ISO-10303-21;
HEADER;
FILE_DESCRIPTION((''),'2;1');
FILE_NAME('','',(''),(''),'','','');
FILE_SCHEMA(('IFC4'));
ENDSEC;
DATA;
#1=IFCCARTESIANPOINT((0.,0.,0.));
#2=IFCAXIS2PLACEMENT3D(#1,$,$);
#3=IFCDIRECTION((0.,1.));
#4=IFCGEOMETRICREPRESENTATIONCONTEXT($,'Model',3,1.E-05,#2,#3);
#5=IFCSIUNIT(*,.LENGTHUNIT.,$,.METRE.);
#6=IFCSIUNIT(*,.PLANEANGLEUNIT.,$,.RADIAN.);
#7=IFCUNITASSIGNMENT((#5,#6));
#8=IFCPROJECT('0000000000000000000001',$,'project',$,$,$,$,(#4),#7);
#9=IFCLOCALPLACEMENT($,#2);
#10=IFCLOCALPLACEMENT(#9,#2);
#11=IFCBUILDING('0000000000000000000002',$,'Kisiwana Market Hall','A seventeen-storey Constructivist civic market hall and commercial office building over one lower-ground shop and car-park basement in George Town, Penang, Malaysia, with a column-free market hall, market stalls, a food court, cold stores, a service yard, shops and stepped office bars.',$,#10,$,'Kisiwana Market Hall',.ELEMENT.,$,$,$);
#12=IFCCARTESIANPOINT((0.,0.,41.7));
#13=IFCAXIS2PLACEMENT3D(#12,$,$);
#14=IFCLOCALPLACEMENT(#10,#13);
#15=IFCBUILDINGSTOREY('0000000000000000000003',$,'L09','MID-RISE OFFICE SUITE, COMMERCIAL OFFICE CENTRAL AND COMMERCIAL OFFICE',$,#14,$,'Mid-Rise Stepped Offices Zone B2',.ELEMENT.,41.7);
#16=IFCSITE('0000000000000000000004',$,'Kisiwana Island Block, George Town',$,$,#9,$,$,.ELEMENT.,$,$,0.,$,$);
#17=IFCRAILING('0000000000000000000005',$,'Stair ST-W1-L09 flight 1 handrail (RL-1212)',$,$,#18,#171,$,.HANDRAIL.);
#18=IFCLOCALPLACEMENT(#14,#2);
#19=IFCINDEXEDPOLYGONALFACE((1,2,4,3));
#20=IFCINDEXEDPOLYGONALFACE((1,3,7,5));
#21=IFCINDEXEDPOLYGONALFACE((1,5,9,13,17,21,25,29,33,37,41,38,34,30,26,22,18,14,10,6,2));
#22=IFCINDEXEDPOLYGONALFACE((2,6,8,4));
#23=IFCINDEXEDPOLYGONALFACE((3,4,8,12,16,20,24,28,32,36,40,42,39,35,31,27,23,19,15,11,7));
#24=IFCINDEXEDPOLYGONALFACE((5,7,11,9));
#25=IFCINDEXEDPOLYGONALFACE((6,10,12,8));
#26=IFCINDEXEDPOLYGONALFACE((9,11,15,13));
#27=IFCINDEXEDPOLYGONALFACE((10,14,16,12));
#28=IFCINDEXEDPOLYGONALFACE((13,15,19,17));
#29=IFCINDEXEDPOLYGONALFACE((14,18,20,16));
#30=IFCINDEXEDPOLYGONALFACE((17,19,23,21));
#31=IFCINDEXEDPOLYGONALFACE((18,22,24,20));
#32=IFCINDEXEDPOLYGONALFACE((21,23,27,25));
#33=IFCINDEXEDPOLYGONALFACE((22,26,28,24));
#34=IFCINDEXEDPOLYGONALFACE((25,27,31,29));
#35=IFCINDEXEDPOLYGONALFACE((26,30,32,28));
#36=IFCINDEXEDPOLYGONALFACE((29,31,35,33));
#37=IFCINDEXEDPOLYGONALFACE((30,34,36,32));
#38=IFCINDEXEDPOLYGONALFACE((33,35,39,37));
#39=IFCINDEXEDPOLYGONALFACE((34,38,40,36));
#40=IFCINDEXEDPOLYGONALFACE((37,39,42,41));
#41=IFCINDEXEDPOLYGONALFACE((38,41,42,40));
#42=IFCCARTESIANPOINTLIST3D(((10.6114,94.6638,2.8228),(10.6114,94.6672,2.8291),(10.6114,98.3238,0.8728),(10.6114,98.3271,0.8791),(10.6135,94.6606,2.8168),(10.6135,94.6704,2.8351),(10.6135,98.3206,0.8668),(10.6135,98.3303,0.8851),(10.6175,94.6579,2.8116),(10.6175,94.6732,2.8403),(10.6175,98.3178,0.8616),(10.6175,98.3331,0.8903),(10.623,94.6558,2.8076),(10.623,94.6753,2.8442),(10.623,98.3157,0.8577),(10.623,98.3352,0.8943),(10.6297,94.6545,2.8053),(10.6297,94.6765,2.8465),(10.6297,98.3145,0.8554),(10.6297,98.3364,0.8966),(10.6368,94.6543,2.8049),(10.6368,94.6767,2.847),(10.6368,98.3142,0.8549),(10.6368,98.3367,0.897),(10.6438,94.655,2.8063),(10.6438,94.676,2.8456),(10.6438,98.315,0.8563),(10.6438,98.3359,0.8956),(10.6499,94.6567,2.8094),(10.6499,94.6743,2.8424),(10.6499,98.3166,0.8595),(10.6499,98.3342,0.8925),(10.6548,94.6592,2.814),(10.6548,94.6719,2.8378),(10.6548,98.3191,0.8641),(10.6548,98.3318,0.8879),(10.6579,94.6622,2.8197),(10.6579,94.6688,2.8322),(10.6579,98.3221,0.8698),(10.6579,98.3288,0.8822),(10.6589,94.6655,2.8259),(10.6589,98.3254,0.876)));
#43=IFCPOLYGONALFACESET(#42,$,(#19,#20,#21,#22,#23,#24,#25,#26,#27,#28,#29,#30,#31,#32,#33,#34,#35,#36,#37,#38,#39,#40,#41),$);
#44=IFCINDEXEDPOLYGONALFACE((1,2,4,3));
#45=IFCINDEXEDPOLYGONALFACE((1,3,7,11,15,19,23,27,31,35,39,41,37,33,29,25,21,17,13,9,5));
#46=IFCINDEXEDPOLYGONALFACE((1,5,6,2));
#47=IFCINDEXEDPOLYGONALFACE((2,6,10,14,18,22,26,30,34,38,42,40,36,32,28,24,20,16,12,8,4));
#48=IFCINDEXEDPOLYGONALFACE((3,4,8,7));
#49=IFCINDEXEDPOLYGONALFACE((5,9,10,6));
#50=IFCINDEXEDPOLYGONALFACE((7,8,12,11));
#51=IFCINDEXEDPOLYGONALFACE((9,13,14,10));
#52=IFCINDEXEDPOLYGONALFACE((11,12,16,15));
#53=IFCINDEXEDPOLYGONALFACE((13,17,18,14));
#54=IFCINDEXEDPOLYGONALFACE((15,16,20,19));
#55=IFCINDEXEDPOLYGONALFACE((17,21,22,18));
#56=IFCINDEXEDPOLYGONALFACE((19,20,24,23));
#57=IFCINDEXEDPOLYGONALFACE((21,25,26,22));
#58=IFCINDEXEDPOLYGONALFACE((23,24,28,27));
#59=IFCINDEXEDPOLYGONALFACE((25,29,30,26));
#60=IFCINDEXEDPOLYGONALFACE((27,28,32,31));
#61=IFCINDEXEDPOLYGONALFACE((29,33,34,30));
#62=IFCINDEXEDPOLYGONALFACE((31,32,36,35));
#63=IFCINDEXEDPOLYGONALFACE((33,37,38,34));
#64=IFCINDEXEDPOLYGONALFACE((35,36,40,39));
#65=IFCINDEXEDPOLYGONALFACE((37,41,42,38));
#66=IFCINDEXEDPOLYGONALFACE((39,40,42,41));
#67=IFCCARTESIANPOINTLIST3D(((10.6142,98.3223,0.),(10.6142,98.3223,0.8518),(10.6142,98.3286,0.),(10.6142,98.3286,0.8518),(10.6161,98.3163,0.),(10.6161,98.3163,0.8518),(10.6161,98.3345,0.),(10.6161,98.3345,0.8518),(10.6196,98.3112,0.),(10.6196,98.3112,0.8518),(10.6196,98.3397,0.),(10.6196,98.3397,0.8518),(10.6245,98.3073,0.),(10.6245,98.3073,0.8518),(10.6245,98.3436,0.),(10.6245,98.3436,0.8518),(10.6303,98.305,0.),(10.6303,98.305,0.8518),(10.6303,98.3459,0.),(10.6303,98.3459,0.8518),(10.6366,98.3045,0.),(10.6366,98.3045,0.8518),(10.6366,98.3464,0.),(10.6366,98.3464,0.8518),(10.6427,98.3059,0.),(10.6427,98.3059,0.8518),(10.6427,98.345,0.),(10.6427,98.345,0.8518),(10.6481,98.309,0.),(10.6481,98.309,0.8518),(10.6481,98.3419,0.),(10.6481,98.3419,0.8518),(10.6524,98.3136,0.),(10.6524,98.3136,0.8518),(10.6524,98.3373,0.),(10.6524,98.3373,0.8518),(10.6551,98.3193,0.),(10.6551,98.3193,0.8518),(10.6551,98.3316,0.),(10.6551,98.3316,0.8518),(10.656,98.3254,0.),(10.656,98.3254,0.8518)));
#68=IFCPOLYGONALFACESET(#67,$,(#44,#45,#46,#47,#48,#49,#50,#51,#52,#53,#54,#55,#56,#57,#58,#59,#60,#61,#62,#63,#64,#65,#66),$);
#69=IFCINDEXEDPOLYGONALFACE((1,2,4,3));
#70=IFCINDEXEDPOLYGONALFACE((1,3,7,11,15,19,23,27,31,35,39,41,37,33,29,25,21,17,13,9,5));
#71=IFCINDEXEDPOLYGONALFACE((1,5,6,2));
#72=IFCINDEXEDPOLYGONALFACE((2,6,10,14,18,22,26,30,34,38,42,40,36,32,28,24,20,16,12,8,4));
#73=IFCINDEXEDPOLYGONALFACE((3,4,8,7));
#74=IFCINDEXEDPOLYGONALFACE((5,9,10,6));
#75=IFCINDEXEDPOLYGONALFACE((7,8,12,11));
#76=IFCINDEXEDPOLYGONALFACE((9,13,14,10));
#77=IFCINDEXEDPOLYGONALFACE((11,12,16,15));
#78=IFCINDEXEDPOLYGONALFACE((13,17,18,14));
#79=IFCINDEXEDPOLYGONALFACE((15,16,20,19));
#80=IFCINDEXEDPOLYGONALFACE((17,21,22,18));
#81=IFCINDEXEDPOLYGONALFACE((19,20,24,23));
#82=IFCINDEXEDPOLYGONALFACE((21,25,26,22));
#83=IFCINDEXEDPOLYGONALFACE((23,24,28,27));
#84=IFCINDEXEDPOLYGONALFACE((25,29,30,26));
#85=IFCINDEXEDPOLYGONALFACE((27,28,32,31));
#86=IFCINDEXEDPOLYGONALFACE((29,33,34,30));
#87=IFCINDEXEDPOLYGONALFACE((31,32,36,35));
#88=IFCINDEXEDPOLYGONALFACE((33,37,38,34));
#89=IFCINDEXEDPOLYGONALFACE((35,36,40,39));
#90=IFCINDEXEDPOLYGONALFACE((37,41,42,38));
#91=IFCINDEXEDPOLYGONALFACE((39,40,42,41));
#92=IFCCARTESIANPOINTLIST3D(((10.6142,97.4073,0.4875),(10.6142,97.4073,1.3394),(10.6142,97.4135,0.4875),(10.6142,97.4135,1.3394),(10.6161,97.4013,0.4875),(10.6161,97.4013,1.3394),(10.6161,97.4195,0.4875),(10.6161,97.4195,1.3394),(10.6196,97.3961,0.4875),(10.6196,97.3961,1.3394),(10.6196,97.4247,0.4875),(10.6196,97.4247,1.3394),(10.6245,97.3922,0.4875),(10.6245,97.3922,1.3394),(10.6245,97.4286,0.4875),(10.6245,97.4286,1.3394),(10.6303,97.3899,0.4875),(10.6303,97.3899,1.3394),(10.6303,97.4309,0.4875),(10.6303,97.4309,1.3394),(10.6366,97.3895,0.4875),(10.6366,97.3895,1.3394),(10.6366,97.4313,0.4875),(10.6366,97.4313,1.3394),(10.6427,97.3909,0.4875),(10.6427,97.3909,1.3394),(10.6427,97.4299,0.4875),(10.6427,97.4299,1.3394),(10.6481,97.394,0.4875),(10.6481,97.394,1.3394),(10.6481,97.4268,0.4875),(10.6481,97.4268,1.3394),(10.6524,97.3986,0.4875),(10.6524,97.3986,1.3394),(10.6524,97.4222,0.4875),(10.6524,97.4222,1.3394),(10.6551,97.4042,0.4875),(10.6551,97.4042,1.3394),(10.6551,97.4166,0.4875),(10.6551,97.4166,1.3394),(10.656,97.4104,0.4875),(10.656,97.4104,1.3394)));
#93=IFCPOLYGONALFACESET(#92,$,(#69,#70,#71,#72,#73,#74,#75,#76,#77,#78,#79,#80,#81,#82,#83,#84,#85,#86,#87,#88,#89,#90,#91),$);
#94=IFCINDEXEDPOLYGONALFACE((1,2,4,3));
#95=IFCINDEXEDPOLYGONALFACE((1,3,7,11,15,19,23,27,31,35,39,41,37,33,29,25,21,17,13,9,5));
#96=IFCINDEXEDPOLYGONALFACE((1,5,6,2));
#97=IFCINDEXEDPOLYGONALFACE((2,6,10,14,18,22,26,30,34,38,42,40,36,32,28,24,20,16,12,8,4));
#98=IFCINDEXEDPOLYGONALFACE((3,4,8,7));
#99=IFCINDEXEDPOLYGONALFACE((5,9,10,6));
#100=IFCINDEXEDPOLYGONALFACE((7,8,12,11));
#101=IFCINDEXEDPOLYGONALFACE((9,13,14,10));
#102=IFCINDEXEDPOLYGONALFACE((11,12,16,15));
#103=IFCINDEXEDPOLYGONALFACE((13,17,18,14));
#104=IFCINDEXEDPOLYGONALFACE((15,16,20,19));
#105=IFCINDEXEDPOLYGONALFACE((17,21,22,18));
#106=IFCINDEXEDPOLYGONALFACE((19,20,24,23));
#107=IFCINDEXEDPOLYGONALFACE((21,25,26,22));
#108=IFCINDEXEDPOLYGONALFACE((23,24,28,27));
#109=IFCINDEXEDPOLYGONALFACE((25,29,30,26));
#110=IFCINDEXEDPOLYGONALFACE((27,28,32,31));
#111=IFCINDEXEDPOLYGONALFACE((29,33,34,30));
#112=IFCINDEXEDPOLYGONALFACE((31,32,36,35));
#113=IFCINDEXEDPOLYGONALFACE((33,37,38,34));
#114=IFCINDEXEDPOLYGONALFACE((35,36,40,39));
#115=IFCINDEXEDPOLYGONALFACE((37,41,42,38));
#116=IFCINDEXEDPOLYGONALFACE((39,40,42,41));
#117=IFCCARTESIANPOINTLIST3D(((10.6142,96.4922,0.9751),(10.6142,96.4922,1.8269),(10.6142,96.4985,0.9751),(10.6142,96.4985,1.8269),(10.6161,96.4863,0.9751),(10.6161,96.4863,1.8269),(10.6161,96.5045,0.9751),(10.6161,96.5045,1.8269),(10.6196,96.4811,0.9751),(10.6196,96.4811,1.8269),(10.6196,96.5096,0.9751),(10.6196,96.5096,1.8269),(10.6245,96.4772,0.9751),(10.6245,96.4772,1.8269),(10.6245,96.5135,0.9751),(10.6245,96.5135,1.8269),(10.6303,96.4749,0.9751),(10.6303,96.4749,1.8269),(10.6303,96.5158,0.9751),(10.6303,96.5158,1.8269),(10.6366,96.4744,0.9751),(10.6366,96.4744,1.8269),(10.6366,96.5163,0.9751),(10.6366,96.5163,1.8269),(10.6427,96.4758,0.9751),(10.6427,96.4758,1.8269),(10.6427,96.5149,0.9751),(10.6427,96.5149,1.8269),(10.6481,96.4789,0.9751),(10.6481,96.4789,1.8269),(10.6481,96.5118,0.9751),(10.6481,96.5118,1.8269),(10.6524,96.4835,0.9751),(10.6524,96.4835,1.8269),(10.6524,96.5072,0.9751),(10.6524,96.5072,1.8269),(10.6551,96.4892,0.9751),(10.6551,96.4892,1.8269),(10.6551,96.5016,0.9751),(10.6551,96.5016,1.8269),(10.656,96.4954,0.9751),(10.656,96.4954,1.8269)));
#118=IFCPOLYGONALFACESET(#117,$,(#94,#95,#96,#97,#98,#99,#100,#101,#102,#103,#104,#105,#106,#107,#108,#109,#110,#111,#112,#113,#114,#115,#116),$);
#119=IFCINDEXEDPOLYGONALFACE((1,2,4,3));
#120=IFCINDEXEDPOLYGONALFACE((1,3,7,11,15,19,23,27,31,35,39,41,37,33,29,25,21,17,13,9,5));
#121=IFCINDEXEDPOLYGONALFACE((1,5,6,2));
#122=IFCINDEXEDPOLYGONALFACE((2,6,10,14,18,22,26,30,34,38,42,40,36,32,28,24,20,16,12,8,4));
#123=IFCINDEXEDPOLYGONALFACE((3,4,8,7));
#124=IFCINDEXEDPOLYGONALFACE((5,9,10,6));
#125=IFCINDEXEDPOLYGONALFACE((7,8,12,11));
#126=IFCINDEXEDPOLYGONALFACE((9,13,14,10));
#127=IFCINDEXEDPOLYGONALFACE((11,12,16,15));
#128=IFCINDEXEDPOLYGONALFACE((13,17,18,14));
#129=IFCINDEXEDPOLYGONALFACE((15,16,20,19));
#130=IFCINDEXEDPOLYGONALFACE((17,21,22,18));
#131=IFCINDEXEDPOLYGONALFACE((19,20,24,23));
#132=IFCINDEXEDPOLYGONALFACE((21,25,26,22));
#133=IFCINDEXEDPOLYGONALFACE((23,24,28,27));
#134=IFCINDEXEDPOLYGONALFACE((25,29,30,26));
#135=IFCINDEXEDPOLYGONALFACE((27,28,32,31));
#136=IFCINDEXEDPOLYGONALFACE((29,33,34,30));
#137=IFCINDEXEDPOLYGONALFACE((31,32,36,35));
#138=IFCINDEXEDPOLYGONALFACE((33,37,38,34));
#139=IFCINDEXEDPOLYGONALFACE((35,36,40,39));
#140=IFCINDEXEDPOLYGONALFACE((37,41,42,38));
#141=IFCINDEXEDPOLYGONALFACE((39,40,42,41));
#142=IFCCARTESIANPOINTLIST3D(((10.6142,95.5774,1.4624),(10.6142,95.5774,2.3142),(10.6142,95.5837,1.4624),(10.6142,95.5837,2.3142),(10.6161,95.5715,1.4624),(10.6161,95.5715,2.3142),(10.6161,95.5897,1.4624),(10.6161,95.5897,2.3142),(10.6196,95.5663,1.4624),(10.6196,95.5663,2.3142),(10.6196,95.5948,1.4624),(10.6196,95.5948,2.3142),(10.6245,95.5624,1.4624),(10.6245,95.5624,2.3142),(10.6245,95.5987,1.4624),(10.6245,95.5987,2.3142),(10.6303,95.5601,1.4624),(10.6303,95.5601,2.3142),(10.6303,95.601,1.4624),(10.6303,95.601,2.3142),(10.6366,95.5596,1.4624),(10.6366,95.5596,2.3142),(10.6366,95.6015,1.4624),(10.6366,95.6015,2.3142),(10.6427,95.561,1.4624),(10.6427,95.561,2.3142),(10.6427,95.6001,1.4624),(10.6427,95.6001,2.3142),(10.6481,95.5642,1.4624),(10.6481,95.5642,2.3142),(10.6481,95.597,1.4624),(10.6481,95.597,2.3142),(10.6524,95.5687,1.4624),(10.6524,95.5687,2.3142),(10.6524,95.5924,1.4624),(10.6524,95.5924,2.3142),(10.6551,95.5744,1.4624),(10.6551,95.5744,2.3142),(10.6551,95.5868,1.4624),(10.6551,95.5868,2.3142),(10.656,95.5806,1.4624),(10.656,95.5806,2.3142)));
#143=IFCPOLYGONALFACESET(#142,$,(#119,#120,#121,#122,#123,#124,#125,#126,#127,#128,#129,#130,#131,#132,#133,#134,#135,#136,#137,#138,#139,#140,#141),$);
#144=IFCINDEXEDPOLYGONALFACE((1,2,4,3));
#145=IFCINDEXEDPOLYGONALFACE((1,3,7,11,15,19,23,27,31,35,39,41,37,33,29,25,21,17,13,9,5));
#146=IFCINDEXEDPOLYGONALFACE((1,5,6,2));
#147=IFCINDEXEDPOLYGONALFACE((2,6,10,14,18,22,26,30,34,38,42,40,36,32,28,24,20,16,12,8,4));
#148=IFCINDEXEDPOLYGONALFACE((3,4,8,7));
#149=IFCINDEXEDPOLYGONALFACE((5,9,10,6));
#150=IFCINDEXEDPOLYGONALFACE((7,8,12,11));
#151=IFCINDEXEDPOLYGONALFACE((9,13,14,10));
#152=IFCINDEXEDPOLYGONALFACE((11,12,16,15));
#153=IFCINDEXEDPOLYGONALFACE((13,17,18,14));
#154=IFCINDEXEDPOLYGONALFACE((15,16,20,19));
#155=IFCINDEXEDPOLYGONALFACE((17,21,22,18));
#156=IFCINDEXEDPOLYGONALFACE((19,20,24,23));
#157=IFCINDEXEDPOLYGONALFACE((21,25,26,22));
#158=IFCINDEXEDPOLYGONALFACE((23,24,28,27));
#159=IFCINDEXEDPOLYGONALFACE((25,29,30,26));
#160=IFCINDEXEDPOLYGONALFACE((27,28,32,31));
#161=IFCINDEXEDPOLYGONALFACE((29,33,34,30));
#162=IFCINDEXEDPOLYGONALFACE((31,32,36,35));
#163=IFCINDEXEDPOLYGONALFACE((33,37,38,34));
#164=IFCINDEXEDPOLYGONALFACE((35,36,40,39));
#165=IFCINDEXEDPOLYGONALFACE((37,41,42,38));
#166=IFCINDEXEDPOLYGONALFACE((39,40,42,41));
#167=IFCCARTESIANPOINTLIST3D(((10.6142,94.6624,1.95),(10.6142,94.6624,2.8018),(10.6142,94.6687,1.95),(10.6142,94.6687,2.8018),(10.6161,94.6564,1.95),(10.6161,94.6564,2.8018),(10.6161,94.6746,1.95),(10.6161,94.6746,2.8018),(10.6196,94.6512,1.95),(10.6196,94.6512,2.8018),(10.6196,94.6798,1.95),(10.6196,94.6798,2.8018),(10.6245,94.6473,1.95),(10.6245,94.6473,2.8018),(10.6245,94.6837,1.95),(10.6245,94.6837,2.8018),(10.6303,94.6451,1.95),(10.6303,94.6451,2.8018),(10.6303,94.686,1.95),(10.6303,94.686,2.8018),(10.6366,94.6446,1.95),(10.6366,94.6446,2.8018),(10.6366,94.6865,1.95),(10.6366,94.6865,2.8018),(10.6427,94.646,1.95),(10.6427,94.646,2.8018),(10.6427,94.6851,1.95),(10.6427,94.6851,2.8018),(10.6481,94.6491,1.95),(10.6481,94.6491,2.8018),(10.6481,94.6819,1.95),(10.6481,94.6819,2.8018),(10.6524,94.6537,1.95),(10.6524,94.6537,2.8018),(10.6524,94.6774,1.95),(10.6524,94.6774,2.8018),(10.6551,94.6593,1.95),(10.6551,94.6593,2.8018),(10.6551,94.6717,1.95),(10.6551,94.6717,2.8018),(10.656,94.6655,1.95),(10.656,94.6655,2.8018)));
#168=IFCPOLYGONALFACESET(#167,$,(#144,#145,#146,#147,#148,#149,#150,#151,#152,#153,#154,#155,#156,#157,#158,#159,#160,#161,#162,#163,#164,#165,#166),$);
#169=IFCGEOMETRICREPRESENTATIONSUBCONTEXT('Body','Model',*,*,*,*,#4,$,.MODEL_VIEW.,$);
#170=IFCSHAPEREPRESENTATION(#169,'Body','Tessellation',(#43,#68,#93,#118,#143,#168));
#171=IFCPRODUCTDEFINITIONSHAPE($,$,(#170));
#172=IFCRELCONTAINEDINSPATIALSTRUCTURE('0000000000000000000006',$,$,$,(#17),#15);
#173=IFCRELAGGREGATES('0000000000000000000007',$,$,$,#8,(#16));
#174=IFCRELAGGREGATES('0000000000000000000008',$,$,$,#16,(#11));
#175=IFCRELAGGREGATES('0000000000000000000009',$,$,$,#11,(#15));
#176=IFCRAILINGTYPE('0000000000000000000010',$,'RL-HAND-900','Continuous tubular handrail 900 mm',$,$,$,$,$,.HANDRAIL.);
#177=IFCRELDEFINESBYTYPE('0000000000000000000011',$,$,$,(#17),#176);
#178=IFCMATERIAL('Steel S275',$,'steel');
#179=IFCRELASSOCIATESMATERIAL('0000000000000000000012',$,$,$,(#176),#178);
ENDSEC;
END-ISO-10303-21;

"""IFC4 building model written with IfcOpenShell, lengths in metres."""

from ifc_helpers import new_model, si_unit, direction, frame, origin, origin_2d, place, context, subcontext, project, spatial, circle, extrude, material, type_object, element, save


model = new_model("IFC4")

# Units and contexts
model_context = context("Model", 3, precision=1e-05, world=origin(), true_north=direction((0.0, 1.0)))
body_context = subcontext(model_context, "Body", "Model", "MODEL_VIEW")
ifc_project = project(units=[si_unit("LENGTHUNIT", "METRE"), si_unit("PLANEANGLEUNIT", "RADIAN")], contexts=[model_context])

# Site, building, storey
site_placement = place(None, origin())
site = spatial("IfcSite", under=ifc_project, at=site_placement, Name="Kisiwana Island Block, George Town", CompositionType="ELEMENT", RefElevation=0.0)
building_placement = place(site_placement, origin())
building = spatial("IfcBuilding", under=site, at=building_placement, Name="Kisiwana Market Hall", Description="A seventeen-storey Constructivist civic market hall and commercial office building over one lower-ground shop and car-park basement in George Town, Penang, Malaysia, with a column-free market hall, market stalls, a food court, cold stores, a service yard, shops and stepped office bars.", LongName="Kisiwana Market Hall", CompositionType="ELEMENT")
storey_placement = place(building_placement, frame((0.0, 0.0, 41.7)))
storey = spatial("IfcBuildingStorey", under=building, at=storey_placement, Name="L09", Description="MID-RISE OFFICE SUITE, COMMERCIAL OFFICE CENTRAL AND COMMERCIAL OFFICE", LongName="Mid-Rise Stepped Offices Zone B2", CompositionType="ELEMENT", Elevation=41.7)

# Railing
ifc_material_1 = material(Name="Steel S275", Category="steel")
railing_type_1 = type_object("IfcRailingType", Name="RL-HAND-900", Description="Continuous tubular handrail 900 mm", PredefinedType="HANDRAIL", material=ifc_material_1)
railing_1_placement = place(storey_placement, frame((10.635, 98.3254, 0.0)))
element("IfcRailing", 1, at=railing_1_placement, inside=storey, type_object=railing_type_1, Name="Stair ST-W1-L09 flight 1 handrail (RL-1212)", PredefinedType="HANDRAIL", context=body_context, shape_type="SweptSolid", body=[
    extrude(circle(Radius=0.0239, at=origin_2d()), frame((0.0, 0.0, 0.876), z_axis=(0.0, -0.882553, 0.470212), x_axis=(1.0, 0.0, 0.0)), (0.0, 0.0, 1.0), 4.147),
    extrude(circle(Radius=0.021, at=origin_2d()), origin(), (0.0, 0.0, 1.0), 0.8518),
    extrude(circle(Radius=0.021, at=origin_2d()), frame((0.0, -0.915, 0.4875)), (0.0, 0.0, 1.0), 0.8518),
    extrude(circle(Radius=0.021, at=origin_2d()), frame((0.0, -1.8301, 0.9751)), (0.0, 0.0, 1.0), 0.8518),
    extrude(circle(Radius=0.021, at=origin_2d()), frame((0.0, -2.7449, 1.4624)), (0.0, 0.0, 1.0), 0.8518),
    extrude(circle(Radius=0.021, at=origin_2d()), frame((0.0, -3.6599, 1.95)), (0.0, 0.0, 1.0), 0.8518),
])

save(model, "model.ifc")
